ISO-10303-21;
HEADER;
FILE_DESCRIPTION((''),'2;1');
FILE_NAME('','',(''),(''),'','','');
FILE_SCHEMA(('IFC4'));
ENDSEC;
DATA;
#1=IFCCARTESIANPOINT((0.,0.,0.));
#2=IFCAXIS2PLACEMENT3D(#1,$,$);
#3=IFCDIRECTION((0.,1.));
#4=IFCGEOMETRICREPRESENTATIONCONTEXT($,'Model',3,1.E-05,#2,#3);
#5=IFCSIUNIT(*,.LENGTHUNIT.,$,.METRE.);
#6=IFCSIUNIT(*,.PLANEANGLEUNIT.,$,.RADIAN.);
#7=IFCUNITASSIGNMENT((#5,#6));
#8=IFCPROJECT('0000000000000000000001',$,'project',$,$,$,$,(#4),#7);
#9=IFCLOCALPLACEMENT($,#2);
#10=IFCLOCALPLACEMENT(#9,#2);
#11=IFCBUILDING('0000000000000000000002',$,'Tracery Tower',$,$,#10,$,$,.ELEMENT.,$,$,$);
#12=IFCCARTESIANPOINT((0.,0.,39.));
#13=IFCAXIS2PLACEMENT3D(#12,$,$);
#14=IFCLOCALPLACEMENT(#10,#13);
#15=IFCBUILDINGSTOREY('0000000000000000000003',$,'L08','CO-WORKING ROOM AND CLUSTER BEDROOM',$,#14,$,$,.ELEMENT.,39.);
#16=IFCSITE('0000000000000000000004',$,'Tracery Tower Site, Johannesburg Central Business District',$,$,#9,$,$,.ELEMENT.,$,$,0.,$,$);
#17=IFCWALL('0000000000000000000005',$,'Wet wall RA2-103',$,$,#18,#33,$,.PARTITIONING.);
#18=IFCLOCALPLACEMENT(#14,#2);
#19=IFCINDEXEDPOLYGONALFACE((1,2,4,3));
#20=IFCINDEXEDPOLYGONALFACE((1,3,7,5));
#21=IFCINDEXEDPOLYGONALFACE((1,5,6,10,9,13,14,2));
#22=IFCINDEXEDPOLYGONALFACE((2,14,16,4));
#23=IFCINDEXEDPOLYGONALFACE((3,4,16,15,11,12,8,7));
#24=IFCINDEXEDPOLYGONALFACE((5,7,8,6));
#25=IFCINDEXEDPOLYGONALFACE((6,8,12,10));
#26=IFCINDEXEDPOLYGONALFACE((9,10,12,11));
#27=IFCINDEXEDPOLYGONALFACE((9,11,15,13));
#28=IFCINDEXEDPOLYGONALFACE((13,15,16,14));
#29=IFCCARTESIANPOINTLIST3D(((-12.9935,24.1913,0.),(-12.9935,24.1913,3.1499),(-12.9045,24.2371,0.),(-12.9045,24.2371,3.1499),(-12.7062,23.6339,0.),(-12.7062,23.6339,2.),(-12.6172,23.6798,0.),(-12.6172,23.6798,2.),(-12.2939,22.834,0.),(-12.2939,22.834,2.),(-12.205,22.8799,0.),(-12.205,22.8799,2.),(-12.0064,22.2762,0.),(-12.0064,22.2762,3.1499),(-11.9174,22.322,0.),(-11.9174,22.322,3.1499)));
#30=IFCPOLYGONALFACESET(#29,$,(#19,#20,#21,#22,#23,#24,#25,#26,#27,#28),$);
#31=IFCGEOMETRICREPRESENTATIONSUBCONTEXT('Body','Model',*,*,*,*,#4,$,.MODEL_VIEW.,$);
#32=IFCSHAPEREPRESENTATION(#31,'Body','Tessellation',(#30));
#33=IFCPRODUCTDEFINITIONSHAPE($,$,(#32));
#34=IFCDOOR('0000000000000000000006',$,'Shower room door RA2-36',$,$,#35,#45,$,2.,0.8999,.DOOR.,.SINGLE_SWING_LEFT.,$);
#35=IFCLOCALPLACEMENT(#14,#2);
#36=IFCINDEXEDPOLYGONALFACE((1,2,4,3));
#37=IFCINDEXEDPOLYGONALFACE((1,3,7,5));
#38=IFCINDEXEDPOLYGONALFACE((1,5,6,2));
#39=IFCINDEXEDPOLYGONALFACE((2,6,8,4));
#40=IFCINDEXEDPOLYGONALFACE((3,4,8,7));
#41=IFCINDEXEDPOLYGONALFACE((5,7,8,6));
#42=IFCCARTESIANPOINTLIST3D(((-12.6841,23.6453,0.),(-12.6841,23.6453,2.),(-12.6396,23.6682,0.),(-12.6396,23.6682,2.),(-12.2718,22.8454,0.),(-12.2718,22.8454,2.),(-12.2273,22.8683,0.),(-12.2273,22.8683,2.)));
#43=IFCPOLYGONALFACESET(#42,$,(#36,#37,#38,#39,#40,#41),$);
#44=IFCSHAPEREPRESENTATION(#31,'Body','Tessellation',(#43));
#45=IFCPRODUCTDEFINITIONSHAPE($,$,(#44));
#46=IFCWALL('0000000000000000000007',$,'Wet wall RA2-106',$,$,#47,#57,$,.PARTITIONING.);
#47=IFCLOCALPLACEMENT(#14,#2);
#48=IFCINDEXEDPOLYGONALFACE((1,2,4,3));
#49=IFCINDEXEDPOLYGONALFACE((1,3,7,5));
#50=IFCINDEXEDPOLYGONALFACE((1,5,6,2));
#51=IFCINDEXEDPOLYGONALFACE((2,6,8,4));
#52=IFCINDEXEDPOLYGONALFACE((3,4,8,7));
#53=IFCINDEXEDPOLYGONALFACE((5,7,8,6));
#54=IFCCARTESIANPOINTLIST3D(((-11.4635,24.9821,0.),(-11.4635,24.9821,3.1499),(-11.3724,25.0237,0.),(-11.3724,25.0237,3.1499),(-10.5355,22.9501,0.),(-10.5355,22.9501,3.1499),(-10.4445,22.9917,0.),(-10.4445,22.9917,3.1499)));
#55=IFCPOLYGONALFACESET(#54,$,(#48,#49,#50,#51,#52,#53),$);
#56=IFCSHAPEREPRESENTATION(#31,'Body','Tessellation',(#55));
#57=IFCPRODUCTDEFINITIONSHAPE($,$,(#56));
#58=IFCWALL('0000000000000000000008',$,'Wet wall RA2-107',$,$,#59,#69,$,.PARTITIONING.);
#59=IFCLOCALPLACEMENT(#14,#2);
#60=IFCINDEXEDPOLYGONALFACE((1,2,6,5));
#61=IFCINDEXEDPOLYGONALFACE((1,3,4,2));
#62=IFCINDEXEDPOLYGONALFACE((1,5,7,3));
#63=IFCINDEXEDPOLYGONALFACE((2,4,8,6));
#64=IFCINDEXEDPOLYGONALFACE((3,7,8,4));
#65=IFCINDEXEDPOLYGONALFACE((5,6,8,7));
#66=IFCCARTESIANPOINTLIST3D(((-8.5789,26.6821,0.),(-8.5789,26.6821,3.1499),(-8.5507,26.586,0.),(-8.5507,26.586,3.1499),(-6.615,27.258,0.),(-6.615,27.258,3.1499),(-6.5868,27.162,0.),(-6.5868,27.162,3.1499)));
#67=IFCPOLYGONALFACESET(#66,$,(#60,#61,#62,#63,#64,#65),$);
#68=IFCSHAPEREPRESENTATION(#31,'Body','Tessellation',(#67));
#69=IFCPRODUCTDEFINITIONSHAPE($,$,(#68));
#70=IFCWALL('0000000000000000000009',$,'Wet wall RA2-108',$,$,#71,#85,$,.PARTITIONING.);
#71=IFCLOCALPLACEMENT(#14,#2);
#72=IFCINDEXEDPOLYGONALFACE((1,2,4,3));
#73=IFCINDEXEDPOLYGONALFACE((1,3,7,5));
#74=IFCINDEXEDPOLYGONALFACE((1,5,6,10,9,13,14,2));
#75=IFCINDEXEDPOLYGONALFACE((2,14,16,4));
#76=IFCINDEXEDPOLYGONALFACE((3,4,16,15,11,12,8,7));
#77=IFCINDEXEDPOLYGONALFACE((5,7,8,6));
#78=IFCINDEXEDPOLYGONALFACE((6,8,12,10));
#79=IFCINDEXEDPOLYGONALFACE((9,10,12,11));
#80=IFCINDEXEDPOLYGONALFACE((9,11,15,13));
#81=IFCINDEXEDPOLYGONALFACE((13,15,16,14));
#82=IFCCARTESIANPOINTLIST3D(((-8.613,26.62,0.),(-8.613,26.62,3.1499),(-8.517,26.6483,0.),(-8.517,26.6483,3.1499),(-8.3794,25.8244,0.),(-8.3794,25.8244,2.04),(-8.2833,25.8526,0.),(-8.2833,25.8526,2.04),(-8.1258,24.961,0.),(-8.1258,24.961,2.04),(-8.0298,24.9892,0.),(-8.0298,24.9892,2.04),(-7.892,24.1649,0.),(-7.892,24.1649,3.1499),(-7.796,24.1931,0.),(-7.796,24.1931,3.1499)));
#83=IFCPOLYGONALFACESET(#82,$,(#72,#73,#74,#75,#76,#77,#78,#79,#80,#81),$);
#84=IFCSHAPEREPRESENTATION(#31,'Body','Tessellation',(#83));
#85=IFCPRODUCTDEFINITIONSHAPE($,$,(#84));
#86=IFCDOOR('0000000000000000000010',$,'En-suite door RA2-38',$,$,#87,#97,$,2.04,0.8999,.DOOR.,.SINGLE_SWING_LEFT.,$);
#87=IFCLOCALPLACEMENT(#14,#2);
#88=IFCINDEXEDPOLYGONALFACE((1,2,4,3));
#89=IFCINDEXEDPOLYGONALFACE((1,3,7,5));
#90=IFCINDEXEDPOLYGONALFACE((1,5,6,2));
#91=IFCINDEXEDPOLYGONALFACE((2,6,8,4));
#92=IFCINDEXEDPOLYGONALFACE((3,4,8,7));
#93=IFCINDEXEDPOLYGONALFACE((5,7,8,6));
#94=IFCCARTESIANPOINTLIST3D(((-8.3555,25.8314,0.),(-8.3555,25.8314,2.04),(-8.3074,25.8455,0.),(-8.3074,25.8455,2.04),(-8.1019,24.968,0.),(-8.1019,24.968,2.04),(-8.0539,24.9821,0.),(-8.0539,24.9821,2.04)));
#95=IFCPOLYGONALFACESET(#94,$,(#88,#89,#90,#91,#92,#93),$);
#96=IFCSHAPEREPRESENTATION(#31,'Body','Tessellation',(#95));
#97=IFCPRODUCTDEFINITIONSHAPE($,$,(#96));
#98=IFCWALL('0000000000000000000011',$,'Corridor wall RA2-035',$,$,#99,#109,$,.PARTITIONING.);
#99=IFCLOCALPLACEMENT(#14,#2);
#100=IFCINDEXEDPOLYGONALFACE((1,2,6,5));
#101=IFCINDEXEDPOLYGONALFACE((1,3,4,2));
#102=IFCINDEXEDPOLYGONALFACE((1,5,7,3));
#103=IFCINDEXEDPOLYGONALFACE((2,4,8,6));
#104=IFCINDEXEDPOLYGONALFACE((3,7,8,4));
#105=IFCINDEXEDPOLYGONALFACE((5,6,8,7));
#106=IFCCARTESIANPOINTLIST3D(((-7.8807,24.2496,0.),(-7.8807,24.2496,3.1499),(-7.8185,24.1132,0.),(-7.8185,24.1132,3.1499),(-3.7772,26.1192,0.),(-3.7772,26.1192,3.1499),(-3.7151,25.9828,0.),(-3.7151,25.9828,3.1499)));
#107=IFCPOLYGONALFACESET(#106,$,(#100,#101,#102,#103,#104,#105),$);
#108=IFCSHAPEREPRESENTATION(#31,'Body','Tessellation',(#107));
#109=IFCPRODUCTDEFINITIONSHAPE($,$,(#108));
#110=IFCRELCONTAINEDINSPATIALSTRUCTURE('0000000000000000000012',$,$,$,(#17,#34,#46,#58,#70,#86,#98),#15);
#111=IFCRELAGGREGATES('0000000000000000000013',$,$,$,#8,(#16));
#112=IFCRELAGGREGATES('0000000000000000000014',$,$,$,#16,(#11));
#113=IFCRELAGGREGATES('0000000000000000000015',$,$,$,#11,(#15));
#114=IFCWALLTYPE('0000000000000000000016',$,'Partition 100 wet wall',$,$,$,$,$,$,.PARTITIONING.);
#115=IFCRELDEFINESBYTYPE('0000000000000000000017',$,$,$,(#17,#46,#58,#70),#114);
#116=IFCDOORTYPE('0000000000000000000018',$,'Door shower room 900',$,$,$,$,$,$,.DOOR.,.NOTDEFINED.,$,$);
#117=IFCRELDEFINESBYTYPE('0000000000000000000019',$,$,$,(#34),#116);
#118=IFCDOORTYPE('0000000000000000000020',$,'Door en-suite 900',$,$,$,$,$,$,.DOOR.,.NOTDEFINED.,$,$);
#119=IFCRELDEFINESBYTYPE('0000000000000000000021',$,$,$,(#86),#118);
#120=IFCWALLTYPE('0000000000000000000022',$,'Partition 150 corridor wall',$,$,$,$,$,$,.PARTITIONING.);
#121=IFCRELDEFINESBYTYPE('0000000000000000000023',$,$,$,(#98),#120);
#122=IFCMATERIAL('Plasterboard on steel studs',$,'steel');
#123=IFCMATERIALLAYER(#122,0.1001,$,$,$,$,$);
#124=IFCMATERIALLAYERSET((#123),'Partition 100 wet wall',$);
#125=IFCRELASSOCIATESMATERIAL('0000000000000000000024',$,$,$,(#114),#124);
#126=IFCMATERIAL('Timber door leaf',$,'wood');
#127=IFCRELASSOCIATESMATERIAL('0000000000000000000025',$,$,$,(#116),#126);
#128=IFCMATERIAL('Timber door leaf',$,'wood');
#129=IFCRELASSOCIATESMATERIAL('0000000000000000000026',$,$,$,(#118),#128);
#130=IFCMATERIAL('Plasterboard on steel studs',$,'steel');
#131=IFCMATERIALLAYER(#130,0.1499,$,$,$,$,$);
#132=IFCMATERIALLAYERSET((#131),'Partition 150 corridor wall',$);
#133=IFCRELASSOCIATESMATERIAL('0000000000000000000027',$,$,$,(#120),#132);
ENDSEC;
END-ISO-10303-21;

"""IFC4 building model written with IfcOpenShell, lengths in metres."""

from ifc_helpers import new_model, si_unit, direction, frame, frame_2d, origin, place, context, subcontext, project, spatial, rectangle, extrude, material, layer, layer_set, type_object, element, fill, save


model = new_model("IFC4")

# Units and contexts
model_context = context("Model", 3, precision=1e-05, world=origin(), true_north=direction((0.0, 1.0)))
body_context = subcontext(model_context, "Body", "Model", "MODEL_VIEW")
ifc_project = project(units=[si_unit("LENGTHUNIT", "METRE"), si_unit("PLANEANGLEUNIT", "RADIAN")], contexts=[model_context])

# Site, building, storey
site_placement = place(None, origin())
site = spatial("IfcSite", under=ifc_project, at=site_placement, Name="Tracery Tower Site, Johannesburg Central Business District", CompositionType="ELEMENT", RefElevation=0.0)
building_placement = place(site_placement, origin())
building = spatial("IfcBuilding", under=site, at=building_placement, Name="Tracery Tower", CompositionType="ELEMENT")
storey_placement = place(building_placement, frame((0.0, 0.0, 39.0)))
storey = spatial("IfcBuildingStorey", under=building, at=storey_placement, Name="L08", Description="CO-WORKING ROOM AND CLUSTER BEDROOM", CompositionType="ELEMENT", Elevation=39.0)

# Shared definitions
ifc_material_1 = material(Name="Plasterboard on steel studs", Category="steel")
ifc_layer_1 = layer(ifc_material_1, 0.1001)
ifc_layer_set_1 = layer_set([ifc_layer_1], Name="Partition 100 wet wall")
wall_type_1 = type_object("IfcWallType", Name="Partition 100 wet wall", PredefinedType="PARTITIONING", material=ifc_layer_set_1)

# Wall, opening, door
wall_1_placement = place(storey_placement, frame((-12.949, 24.2141, 0.0), z_axis=(0.0, 0.0, 1.0), x_axis=(0.458149, -0.888875, 0.0)))
wall_1 = element("IfcWall", 1, at=wall_1_placement, inside=storey, type_object=wall_type_1, Name="Wet wall RA2-103", PredefinedType="PARTITIONING", context=body_context, shape_type="SweptSolid", body=[
    extrude(rectangle(XDim=2.1545, YDim=0.1001, at=frame_2d((1.0771, 0.0))), origin(), (0.0, 0.0, 1.0), 3.1499),
])
opening_1_placement = place(wall_1_placement, frame((0.627, 0.0, 0.0)))
opening_1 = element("IfcOpeningElement", 2, at=opening_1_placement, cuts=wall_1, PredefinedType="OPENING", context=body_context, shape_type="SweptSolid", body=[
    extrude(rectangle(XDim=0.8999, YDim=2.0, at=frame_2d((0.45, 1.0))), frame((0.0, 0.05, 0.0), z_axis=(0.0, -1.0, 0.0), x_axis=(1.0, 0.0, 0.0)), (0.0, 0.0, 1.0), 0.1001),
])
ifc_material_2 = material(Name="Timber door leaf", Category="wood")
door_type_1 = type_object("IfcDoorType", Name="Door shower room 900", OperationType="NOTDEFINED", PredefinedType="DOOR", material=ifc_material_2)
door_1_placement = place(opening_1_placement, origin())
door_1 = element("IfcDoor", 3, at=door_1_placement, inside=storey, type_object=door_type_1, Name="Shower room door RA2-36", OperationType="SINGLE_SWING_LEFT", OverallHeight=2.0, OverallWidth=0.8999, PredefinedType="DOOR", context=body_context, shape_type="SweptSolid", body=[
    extrude(rectangle(XDim=0.8999, YDim=2.0, at=frame_2d((0.45, 1.0))), frame((0.0, 0.0249, 0.0), z_axis=(0.0, -1.0, 0.0), x_axis=(1.0, 0.0, 0.0)), (0.0, 0.0, 1.0), 0.05),
])
fill(opening_1, door_1)

# Walls
wall_2_placement = place(storey_placement, frame((-11.418, 25.0029, 0.0), z_axis=(0.0, 0.0, 1.0), x_axis=(0.415416, -0.909631, 0.0)))
element("IfcWall", 4, at=wall_2_placement, inside=storey, type_object=wall_type_1, Name="Wet wall RA2-106", PredefinedType="PARTITIONING", context=body_context, shape_type="SweptSolid", body=[
    extrude(rectangle(XDim=2.2339, YDim=0.1001, at=frame_2d((1.1169, 0.0))), origin(), (0.0, 0.0, 1.0), 3.1499),
])
wall_3_placement = place(storey_placement, frame((-8.5649, 26.634, 0.0), z_axis=(0.0, 0.0, 1.0), x_axis=(0.959587, 0.281411, 0.0)))
element("IfcWall", 5, at=wall_3_placement, inside=storey, type_object=wall_type_1, Name="Wet wall RA2-107", PredefinedType="PARTITIONING", context=body_context, shape_type="SweptSolid", body=[
    extrude(rectangle(XDim=2.0466, YDim=0.1001, at=frame_2d((1.0234, 0.0))), origin(), (0.0, 0.0, 1.0), 3.1499),
])

# Wall, opening, door
wall_4_placement = place(storey_placement, frame((-8.5649, 26.634, 0.0), z_axis=(0.0, 0.0, 1.0), x_axis=(0.281758, -0.959485, 0.0)))
wall_4 = element("IfcWall", 6, at=wall_4_placement, inside=storey, type_object=wall_type_1, Name="Wet wall RA2-108", PredefinedType="PARTITIONING", context=body_context, shape_type="SweptSolid", body=[
    extrude(rectangle(XDim=2.5588, YDim=0.1001, at=frame_2d((1.2793, 0.0))), origin(), (0.0, 0.0, 1.0), 3.1499),
])
opening_2_placement = place(wall_4_placement, frame((0.8291, 0.0, 0.0)))
opening_2 = element("IfcOpeningElement", 7, at=opening_2_placement, cuts=wall_4, PredefinedType="OPENING", context=body_context, shape_type="SweptSolid", body=[
    extrude(rectangle(XDim=0.8999, YDim=2.04, at=frame_2d((0.45, 1.02))), frame((0.0, 0.05, 0.0), z_axis=(0.0, -1.0, 0.0), x_axis=(1.0, 0.0, 0.0)), (0.0, 0.0, 1.0), 0.1001),
])
ifc_material_3 = material(Name="Timber door leaf", Category="wood")
door_type_2 = type_object("IfcDoorType", Name="Door en-suite 900", OperationType="NOTDEFINED", PredefinedType="DOOR", material=ifc_material_3)
door_2_placement = place(opening_2_placement, origin())
door_2 = element("IfcDoor", 8, at=door_2_placement, inside=storey, type_object=door_type_2, Name="En-suite door RA2-38", OperationType="SINGLE_SWING_LEFT", OverallHeight=2.04, OverallWidth=0.8999, PredefinedType="DOOR", context=body_context, shape_type="SweptSolid", body=[
    extrude(rectangle(XDim=0.8999, YDim=2.04, at=frame_2d((0.45, 1.02))), frame((0.0, 0.0249, 0.0), z_axis=(0.0, -1.0, 0.0), x_axis=(1.0, 0.0, 0.0)), (0.0, 0.0, 1.0), 0.05),
])
fill(opening_2, door_2)

# Wall
ifc_material_4 = material(Name="Plasterboard on steel studs", Category="steel")
ifc_layer_2 = layer(ifc_material_4, 0.1499)
ifc_layer_set_2 = layer_set([ifc_layer_2], Name="Partition 150 corridor wall")
wall_type_2 = type_object("IfcWallType", Name="Partition 150 corridor wall", PredefinedType="PARTITIONING", material=ifc_layer_set_2)
wall_5_placement = place(storey_placement, frame((-7.8496, 24.1814, 0.0), z_axis=(0.0, 0.0, 1.0), x_axis=(0.909999, 0.41461, 0.0)))
element("IfcWall", 9, at=wall_5_placement, inside=storey, type_object=wall_type_2, Name="Corridor wall RA2-035", PredefinedType="PARTITIONING", context=body_context, shape_type="SweptSolid", body=[
    extrude(rectangle(XDim=4.5093, YDim=0.1499, at=frame_2d((2.2546, 0.0))), origin(), (0.0, 0.0, 1.0), 3.1499),
])

save(model, "model.ifc")
